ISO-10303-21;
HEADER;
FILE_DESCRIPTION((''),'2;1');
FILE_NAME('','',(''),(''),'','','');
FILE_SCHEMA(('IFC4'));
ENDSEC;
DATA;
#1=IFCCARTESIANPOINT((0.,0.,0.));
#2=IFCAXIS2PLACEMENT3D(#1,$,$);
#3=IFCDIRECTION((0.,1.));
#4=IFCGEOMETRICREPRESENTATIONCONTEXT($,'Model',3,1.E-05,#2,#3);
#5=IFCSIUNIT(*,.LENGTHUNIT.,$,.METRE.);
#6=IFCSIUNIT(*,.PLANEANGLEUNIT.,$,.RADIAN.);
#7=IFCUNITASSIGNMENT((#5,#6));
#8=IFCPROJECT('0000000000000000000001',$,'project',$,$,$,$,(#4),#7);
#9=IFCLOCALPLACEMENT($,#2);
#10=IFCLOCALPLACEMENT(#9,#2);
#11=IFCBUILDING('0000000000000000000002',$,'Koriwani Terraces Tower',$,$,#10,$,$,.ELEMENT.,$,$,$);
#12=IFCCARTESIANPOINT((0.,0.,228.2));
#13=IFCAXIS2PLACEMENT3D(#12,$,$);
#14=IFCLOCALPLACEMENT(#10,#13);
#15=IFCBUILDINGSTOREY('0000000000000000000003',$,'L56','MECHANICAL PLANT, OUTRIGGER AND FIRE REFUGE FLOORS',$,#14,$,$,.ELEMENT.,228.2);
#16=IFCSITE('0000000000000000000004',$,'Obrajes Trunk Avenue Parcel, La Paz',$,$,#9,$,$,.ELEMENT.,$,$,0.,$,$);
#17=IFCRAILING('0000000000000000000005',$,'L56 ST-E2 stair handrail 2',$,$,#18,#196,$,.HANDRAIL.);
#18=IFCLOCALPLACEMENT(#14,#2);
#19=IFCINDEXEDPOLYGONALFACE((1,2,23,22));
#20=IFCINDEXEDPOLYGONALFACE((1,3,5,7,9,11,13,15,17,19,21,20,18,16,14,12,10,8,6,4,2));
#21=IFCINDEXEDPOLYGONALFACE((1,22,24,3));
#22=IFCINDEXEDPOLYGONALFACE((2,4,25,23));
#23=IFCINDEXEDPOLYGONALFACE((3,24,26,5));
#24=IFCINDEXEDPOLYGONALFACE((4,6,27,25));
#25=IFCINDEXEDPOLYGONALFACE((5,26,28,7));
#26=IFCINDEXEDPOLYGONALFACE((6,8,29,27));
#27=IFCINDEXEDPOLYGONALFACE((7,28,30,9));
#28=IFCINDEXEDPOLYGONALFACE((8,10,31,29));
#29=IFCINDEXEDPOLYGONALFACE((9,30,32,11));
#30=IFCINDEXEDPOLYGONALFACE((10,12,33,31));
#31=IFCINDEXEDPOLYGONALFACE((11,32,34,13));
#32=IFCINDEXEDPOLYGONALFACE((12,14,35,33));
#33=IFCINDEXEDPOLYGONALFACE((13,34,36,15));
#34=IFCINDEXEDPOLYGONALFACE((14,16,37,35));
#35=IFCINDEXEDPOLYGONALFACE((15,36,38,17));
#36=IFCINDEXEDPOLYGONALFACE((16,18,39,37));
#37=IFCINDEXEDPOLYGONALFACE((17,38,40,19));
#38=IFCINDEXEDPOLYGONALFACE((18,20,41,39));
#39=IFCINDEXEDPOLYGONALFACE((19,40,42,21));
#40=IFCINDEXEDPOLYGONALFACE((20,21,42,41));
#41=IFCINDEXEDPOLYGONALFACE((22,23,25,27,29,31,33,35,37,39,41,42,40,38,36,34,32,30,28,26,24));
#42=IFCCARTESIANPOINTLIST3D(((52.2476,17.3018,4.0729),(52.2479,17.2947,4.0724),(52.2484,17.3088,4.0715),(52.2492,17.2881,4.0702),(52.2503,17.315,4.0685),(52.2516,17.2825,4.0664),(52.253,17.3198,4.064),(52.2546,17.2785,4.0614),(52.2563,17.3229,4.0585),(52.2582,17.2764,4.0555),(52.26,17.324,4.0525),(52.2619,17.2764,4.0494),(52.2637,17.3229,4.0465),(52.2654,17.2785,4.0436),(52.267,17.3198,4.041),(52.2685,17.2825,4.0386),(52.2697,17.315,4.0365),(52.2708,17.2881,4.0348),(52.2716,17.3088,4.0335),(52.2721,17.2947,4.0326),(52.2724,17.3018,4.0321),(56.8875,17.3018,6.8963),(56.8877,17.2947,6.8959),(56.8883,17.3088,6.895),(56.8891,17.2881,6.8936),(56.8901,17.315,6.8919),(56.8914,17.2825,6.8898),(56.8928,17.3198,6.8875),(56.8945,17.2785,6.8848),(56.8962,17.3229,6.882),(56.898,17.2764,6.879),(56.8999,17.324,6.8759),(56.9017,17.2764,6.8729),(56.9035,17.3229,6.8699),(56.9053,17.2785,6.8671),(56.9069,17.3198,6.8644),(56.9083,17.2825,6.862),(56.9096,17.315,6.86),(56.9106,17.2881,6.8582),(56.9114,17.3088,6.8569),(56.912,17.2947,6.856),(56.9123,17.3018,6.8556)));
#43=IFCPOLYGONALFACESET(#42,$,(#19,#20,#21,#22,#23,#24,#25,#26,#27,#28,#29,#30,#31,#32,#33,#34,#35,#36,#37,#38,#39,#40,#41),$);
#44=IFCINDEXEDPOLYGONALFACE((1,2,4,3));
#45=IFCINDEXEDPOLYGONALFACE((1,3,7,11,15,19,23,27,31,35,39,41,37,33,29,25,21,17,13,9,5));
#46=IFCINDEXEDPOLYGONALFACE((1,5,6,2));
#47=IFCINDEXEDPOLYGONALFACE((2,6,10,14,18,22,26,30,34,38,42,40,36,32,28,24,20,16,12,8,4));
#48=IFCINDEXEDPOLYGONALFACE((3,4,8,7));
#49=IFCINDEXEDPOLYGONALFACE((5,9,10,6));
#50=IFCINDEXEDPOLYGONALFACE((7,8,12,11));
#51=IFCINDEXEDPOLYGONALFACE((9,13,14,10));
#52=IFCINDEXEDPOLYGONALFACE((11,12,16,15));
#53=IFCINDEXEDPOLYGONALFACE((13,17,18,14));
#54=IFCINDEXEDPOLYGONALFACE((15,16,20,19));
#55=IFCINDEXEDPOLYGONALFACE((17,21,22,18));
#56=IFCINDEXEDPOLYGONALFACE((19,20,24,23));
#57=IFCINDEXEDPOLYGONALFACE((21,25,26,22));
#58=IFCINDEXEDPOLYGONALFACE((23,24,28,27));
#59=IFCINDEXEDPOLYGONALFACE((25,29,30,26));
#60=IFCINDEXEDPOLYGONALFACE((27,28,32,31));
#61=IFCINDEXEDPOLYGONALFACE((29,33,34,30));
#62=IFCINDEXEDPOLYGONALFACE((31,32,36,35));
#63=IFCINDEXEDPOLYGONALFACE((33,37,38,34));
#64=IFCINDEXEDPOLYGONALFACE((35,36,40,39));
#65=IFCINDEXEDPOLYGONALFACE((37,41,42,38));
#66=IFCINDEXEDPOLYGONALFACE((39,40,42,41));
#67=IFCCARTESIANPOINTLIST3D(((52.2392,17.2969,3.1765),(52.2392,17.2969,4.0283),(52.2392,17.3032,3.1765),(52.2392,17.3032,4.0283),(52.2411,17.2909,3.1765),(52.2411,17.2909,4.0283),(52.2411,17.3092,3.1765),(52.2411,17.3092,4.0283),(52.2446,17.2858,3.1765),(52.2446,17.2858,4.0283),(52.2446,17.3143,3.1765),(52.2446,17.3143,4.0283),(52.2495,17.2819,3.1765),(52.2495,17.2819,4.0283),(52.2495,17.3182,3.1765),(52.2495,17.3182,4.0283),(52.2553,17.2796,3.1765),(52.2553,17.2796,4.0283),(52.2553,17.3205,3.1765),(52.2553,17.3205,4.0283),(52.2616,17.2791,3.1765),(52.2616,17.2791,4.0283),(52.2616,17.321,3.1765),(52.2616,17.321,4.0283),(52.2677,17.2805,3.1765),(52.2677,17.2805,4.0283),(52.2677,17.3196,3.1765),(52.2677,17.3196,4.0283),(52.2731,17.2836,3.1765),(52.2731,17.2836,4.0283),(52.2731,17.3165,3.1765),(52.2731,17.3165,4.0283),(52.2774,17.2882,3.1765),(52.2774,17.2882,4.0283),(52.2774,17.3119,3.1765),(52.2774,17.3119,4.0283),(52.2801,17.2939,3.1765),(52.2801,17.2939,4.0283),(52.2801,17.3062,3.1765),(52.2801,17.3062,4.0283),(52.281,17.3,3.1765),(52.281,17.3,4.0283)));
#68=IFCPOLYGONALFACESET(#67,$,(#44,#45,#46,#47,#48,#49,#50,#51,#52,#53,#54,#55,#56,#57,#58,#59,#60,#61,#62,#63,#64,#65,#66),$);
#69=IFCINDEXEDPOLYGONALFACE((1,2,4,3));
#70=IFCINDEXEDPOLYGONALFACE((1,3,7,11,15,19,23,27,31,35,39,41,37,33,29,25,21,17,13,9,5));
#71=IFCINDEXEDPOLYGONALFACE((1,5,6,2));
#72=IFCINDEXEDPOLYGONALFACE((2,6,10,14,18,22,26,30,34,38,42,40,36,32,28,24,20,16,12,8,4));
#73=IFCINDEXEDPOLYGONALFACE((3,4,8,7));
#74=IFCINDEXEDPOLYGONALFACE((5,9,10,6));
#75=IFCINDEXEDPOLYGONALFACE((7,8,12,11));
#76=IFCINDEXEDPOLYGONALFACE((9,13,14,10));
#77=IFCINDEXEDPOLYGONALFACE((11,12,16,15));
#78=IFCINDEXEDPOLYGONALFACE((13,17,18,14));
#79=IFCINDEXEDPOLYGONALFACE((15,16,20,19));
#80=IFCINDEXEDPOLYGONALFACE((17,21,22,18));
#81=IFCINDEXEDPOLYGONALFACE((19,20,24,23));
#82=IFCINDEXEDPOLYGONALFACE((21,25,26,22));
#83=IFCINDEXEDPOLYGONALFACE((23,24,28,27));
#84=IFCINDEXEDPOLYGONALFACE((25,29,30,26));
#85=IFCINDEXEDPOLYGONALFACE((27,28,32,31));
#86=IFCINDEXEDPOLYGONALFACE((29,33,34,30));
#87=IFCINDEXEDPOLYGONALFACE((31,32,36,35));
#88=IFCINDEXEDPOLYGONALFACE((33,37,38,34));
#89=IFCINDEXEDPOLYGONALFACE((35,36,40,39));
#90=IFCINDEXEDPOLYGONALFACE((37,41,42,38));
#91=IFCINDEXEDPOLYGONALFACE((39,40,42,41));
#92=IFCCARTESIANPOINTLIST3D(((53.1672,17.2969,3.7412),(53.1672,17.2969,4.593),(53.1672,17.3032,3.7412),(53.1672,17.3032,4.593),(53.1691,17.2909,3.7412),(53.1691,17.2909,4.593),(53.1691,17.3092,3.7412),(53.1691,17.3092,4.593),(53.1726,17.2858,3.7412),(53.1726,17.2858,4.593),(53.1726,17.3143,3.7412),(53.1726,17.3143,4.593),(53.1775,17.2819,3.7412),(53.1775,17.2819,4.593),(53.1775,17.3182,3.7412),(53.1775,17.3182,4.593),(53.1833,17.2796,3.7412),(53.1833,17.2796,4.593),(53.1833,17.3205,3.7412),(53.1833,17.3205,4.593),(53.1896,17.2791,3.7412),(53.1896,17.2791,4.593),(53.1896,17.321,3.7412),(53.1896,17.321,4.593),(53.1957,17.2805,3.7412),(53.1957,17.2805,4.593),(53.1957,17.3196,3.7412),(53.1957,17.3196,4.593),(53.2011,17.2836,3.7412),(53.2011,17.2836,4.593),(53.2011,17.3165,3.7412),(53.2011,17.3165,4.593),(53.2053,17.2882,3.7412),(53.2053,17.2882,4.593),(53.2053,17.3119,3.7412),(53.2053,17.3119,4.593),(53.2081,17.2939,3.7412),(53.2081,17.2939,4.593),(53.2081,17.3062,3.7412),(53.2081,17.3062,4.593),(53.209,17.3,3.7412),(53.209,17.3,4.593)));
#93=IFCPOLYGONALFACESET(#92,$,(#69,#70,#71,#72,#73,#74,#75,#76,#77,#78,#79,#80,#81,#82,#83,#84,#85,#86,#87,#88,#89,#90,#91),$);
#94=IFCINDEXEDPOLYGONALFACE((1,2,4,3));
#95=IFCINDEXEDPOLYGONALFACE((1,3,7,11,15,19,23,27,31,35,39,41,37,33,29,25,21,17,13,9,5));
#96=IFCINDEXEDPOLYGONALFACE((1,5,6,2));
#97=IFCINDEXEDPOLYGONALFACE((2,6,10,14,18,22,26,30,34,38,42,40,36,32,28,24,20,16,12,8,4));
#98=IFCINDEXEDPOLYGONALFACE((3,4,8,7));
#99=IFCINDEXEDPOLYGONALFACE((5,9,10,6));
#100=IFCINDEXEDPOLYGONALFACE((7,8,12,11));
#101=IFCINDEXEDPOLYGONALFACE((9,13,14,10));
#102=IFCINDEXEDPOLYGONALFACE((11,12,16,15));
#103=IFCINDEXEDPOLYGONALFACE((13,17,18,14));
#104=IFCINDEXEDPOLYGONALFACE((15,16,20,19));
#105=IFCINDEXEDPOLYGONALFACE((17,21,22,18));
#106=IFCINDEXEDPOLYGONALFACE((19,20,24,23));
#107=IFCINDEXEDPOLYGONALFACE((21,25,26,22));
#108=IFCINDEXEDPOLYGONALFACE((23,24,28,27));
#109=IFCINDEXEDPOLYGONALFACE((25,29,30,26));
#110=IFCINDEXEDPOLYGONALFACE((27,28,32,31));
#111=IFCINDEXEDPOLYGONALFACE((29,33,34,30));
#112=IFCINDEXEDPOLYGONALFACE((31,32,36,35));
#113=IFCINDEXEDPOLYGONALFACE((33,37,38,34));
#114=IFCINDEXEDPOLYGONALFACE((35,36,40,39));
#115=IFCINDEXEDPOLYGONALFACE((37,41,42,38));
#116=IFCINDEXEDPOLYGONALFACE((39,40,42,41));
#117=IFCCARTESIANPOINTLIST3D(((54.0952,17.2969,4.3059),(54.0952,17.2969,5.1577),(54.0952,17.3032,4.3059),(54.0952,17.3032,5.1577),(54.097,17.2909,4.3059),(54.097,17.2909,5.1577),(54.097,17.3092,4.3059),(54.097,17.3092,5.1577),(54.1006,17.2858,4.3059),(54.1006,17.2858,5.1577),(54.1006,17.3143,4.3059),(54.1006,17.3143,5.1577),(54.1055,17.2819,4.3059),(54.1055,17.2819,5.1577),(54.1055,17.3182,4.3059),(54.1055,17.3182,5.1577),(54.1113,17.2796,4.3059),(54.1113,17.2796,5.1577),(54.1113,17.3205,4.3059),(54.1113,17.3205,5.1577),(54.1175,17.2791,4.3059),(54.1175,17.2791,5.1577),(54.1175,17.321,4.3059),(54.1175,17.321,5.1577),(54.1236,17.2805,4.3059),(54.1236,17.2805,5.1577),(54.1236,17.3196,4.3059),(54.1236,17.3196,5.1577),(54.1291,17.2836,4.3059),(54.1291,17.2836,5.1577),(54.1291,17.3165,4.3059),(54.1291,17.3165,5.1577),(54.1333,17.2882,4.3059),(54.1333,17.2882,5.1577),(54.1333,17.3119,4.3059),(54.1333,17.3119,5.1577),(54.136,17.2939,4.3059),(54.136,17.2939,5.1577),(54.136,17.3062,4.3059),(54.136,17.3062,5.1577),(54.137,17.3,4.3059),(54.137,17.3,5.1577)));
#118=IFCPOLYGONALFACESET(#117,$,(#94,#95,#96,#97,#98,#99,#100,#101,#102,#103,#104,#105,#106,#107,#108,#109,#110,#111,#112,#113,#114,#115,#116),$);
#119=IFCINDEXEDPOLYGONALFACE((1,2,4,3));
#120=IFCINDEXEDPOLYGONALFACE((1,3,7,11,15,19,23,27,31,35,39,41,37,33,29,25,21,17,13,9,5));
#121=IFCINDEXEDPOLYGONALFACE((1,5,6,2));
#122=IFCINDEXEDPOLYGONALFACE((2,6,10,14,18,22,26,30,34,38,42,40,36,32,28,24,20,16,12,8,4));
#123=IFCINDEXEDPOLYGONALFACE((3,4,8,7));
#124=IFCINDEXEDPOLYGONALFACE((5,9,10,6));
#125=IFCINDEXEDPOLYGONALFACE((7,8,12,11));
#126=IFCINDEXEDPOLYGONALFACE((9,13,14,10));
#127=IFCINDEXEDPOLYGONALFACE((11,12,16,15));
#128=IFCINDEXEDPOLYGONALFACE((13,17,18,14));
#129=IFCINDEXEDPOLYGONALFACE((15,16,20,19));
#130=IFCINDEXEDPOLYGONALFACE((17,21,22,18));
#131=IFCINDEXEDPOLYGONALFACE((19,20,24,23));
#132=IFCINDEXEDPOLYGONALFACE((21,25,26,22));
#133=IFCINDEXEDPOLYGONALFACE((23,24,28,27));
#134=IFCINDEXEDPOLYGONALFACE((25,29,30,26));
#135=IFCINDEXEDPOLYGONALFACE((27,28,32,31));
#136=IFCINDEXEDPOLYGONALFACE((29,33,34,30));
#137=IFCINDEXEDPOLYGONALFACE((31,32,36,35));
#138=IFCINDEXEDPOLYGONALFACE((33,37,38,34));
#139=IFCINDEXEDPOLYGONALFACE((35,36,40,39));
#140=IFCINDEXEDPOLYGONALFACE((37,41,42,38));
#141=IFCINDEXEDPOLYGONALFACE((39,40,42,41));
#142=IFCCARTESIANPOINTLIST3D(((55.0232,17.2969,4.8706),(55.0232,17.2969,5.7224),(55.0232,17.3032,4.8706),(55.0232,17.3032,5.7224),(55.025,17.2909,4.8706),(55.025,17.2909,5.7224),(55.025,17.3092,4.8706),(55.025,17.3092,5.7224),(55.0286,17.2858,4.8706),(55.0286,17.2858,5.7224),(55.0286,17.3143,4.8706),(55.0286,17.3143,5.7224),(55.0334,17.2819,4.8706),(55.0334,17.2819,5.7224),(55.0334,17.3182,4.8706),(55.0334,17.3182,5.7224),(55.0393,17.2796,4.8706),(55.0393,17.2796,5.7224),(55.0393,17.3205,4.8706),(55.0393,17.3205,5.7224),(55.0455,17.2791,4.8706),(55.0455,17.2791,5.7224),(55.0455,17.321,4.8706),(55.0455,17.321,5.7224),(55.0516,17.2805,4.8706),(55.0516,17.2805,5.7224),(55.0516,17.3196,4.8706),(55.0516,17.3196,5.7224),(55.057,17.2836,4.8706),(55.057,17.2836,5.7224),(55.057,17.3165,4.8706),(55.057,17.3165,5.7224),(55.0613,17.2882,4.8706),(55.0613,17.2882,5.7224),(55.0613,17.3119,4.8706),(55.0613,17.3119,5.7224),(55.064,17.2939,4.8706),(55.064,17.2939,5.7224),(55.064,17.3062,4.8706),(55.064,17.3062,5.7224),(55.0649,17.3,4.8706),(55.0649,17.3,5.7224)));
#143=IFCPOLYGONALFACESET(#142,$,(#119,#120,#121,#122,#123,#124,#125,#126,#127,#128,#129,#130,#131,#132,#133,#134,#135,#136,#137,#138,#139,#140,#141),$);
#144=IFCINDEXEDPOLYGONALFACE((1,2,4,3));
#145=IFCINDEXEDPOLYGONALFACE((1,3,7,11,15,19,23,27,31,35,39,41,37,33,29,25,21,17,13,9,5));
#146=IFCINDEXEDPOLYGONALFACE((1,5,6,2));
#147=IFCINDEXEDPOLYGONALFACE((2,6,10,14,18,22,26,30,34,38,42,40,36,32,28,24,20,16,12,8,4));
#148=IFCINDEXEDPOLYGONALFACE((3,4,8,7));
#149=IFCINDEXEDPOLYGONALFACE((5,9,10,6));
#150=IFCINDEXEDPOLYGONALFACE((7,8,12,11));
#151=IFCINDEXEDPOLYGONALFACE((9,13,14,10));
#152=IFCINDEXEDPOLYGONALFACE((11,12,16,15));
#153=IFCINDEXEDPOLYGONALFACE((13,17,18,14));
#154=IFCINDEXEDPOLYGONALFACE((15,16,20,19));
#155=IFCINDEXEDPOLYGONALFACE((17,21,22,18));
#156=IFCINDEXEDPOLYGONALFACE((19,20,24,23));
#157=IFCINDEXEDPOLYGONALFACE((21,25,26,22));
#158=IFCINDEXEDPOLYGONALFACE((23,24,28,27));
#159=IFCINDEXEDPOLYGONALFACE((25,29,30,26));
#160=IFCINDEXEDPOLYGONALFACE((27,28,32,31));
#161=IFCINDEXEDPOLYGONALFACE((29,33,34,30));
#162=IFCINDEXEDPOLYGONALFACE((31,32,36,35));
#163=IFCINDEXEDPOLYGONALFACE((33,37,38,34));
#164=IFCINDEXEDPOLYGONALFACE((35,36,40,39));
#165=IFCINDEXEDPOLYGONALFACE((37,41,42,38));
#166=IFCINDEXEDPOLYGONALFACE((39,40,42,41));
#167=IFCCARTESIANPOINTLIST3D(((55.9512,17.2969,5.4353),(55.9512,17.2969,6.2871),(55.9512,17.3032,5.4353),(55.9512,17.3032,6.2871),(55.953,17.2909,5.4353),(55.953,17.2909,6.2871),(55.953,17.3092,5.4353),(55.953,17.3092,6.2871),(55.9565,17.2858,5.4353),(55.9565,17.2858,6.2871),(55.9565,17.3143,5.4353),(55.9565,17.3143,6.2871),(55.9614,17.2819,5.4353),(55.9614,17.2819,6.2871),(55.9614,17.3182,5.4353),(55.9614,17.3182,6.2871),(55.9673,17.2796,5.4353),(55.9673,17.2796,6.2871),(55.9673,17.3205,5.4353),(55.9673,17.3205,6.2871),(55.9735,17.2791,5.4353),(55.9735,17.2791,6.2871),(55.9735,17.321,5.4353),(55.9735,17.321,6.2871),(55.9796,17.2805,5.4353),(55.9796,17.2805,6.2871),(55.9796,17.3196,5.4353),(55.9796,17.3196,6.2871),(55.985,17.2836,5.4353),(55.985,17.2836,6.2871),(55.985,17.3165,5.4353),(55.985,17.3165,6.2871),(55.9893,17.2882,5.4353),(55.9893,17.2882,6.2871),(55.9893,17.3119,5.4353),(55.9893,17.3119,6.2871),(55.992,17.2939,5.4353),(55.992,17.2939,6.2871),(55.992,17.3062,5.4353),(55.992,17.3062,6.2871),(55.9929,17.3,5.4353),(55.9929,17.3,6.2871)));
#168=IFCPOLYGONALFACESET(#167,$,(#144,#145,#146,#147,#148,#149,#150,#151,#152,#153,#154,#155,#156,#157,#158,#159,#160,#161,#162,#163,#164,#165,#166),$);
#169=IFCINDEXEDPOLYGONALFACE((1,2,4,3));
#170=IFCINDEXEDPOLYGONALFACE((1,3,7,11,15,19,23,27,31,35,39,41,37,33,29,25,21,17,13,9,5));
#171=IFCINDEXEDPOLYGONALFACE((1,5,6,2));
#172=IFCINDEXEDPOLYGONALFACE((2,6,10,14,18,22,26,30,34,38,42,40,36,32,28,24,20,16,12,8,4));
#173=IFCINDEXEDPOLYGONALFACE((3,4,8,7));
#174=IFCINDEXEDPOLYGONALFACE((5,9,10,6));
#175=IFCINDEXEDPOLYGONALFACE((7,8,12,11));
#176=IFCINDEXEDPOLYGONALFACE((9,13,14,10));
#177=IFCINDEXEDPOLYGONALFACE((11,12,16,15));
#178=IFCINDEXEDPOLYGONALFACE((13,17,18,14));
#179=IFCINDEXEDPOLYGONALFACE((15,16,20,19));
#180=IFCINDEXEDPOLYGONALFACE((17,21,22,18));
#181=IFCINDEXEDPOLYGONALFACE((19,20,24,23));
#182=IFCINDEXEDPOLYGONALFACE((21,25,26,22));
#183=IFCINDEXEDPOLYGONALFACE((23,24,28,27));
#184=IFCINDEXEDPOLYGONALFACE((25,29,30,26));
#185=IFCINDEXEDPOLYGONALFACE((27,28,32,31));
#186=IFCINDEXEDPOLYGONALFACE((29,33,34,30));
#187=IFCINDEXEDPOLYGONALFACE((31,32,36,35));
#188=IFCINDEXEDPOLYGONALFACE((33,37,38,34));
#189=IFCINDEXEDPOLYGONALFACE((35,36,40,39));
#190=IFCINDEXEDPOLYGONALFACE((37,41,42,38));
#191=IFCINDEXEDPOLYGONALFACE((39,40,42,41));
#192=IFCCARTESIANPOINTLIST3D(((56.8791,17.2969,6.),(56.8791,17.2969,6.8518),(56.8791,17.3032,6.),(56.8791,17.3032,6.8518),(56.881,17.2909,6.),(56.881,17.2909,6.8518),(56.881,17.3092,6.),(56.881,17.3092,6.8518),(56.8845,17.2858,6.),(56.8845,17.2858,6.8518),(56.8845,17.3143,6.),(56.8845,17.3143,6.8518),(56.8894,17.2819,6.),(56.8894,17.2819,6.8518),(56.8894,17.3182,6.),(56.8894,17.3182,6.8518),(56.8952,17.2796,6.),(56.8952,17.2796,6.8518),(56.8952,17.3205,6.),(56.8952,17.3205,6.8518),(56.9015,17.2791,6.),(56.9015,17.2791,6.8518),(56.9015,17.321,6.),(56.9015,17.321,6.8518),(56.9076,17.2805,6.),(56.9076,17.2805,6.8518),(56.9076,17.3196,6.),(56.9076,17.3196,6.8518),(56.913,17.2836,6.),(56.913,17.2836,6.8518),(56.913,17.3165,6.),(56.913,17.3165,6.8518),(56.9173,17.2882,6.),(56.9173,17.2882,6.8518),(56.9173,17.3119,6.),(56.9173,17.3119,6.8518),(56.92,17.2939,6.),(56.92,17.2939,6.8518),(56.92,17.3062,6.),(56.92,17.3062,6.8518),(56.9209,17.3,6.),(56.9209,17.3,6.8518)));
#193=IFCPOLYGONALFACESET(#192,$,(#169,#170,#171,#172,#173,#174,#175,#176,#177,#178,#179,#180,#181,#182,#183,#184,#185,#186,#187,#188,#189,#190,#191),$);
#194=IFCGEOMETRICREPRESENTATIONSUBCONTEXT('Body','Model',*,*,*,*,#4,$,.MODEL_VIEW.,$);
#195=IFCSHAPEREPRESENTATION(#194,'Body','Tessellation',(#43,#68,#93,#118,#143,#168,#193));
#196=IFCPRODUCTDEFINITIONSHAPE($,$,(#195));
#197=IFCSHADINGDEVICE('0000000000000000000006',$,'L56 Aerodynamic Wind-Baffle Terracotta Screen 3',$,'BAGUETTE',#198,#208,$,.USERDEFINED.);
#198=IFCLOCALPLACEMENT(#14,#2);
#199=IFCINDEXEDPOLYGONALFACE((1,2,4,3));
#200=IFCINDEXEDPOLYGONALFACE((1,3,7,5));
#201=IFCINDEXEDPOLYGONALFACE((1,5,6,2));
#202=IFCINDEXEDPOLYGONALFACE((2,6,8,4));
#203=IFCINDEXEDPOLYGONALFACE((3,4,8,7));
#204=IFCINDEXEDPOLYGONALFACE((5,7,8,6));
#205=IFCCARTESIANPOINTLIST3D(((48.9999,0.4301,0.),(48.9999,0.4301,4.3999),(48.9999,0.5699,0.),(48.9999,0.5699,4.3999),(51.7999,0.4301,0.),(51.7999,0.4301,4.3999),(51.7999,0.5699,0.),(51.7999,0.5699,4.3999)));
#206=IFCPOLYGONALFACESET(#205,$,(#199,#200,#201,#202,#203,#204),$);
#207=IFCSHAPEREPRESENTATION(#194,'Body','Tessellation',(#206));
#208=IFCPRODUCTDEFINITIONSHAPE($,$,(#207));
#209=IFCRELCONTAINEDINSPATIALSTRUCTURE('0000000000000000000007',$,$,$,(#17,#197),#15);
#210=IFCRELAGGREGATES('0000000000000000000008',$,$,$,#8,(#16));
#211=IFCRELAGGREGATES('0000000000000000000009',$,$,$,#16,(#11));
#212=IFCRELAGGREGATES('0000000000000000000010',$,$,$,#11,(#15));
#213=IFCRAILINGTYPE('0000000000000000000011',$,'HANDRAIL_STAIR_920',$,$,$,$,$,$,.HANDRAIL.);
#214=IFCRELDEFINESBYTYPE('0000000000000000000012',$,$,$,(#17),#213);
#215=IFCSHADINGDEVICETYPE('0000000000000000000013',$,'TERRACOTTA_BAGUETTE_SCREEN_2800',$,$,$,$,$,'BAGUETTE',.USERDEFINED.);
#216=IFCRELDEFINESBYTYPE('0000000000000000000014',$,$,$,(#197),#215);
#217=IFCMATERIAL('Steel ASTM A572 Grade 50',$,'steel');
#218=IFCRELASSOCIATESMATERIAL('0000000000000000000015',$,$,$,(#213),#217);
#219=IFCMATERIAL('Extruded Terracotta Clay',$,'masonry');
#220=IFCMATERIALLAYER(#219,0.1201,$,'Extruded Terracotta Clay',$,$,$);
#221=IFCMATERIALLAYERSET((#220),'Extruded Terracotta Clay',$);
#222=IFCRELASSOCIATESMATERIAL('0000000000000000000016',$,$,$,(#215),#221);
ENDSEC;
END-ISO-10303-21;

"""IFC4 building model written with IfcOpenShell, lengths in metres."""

from ifc_helpers import new_model, si_unit, direction, frame, origin, origin_2d, place, context, subcontext, project, spatial, rectangle, circle, extrude, material, layer, layer_set, type_object, element, save


model = new_model("IFC4")

# Units and contexts
model_context = context("Model", 3, precision=1e-05, world=origin(), true_north=direction((0.0, 1.0)))
body_context = subcontext(model_context, "Body", "Model", "MODEL_VIEW")
ifc_project = project(units=[si_unit("LENGTHUNIT", "METRE"), si_unit("PLANEANGLEUNIT", "RADIAN")], contexts=[model_context])

# Site, building, storey
site_placement = place(None, origin())
site = spatial("IfcSite", under=ifc_project, at=site_placement, Name="Obrajes Trunk Avenue Parcel, La Paz", CompositionType="ELEMENT", RefElevation=0.0)
building_placement = place(site_placement, origin())
building = spatial("IfcBuilding", under=site, at=building_placement, Name="Koriwani Terraces Tower", CompositionType="ELEMENT")
storey_placement = place(building_placement, frame((0.0, 0.0, 228.2)))
storey = spatial("IfcBuildingStorey", under=building, at=storey_placement, Name="L56", Description="MECHANICAL PLANT, OUTRIGGER AND FIRE REFUGE FLOORS", CompositionType="ELEMENT", Elevation=228.2)

# Shared definitions
ifc_material_1 = material(Name="Steel ASTM A572 Grade 50", Category="steel")

# Railing
railing_type_1 = type_object("IfcRailingType", Name="HANDRAIL_STAIR_920", PredefinedType="HANDRAIL", material=ifc_material_1)
railing_1_placement = place(storey_placement, frame((52.26, 17.3, 3.1765)))
element("IfcRailing", 1, at=railing_1_placement, inside=storey, type_object=railing_type_1, Name="L56 ST-E2 stair handrail 2", PredefinedType="HANDRAIL", context=body_context, shape_type="SweptSolid", body=[
    extrude(circle(Radius=0.0239, at=origin_2d()), frame((0.0, 0.0, 0.876), z_axis=(0.854264, 0.0, 0.51984), x_axis=(0.0, 1.0, 0.0)), (0.0, 0.0, 1.0), 5.4314),
    extrude(circle(Radius=0.021, at=origin_2d()), origin(), (0.0, 0.0, 1.0), 0.8518),
    extrude(circle(Radius=0.021, at=origin_2d()), frame((0.928, 0.0, 0.5647)), (0.0, 0.0, 1.0), 0.8518),
    extrude(circle(Radius=0.021, at=origin_2d()), frame((1.856, 0.0, 1.1294)), (0.0, 0.0, 1.0), 0.8518),
    extrude(circle(Radius=0.021, at=origin_2d()), frame((2.7839, 0.0, 1.6941)), (0.0, 0.0, 1.0), 0.8518),
    extrude(circle(Radius=0.021, at=origin_2d()), frame((3.7119, 0.0, 2.2588)), (0.0, 0.0, 1.0), 0.8518),
    extrude(circle(Radius=0.021, at=origin_2d()), frame((4.6399, 0.0, 2.8235)), (0.0, 0.0, 1.0), 0.8518),
])

# Shading device
ifc_material_2 = material(Name="Extruded Terracotta Clay", Category="masonry")
ifc_layer_1 = layer(ifc_material_2, 0.1201, Name="Extruded Terracotta Clay")
ifc_layer_set_1 = layer_set([ifc_layer_1], Name="Extruded Terracotta Clay")
shading_device_type = type_object("IfcShadingDeviceType", Name="TERRACOTTA_BAGUETTE_SCREEN_2800", ElementType="BAGUETTE", PredefinedType="USERDEFINED", material=ifc_layer_set_1)
shading_device_placement = place(storey_placement, frame((50.3999, 0.5, 0.0), z_axis=(0.0, 0.0, 1.0), x_axis=(1.0, 0.0, 0.0)))
element("IfcShadingDevice", 2, at=shading_device_placement, inside=storey, type_object=shading_device_type, Name="L56 Aerodynamic Wind-Baffle Terracotta Screen 3", ObjectType="BAGUETTE", PredefinedType="USERDEFINED", context=body_context, shape_type="SweptSolid", body=[
    extrude(rectangle(XDim=2.8, YDim=0.1399, at=origin_2d()), origin(), (0.0, 0.0, 1.0), 4.3999),
])

save(model, "model.ifc")
